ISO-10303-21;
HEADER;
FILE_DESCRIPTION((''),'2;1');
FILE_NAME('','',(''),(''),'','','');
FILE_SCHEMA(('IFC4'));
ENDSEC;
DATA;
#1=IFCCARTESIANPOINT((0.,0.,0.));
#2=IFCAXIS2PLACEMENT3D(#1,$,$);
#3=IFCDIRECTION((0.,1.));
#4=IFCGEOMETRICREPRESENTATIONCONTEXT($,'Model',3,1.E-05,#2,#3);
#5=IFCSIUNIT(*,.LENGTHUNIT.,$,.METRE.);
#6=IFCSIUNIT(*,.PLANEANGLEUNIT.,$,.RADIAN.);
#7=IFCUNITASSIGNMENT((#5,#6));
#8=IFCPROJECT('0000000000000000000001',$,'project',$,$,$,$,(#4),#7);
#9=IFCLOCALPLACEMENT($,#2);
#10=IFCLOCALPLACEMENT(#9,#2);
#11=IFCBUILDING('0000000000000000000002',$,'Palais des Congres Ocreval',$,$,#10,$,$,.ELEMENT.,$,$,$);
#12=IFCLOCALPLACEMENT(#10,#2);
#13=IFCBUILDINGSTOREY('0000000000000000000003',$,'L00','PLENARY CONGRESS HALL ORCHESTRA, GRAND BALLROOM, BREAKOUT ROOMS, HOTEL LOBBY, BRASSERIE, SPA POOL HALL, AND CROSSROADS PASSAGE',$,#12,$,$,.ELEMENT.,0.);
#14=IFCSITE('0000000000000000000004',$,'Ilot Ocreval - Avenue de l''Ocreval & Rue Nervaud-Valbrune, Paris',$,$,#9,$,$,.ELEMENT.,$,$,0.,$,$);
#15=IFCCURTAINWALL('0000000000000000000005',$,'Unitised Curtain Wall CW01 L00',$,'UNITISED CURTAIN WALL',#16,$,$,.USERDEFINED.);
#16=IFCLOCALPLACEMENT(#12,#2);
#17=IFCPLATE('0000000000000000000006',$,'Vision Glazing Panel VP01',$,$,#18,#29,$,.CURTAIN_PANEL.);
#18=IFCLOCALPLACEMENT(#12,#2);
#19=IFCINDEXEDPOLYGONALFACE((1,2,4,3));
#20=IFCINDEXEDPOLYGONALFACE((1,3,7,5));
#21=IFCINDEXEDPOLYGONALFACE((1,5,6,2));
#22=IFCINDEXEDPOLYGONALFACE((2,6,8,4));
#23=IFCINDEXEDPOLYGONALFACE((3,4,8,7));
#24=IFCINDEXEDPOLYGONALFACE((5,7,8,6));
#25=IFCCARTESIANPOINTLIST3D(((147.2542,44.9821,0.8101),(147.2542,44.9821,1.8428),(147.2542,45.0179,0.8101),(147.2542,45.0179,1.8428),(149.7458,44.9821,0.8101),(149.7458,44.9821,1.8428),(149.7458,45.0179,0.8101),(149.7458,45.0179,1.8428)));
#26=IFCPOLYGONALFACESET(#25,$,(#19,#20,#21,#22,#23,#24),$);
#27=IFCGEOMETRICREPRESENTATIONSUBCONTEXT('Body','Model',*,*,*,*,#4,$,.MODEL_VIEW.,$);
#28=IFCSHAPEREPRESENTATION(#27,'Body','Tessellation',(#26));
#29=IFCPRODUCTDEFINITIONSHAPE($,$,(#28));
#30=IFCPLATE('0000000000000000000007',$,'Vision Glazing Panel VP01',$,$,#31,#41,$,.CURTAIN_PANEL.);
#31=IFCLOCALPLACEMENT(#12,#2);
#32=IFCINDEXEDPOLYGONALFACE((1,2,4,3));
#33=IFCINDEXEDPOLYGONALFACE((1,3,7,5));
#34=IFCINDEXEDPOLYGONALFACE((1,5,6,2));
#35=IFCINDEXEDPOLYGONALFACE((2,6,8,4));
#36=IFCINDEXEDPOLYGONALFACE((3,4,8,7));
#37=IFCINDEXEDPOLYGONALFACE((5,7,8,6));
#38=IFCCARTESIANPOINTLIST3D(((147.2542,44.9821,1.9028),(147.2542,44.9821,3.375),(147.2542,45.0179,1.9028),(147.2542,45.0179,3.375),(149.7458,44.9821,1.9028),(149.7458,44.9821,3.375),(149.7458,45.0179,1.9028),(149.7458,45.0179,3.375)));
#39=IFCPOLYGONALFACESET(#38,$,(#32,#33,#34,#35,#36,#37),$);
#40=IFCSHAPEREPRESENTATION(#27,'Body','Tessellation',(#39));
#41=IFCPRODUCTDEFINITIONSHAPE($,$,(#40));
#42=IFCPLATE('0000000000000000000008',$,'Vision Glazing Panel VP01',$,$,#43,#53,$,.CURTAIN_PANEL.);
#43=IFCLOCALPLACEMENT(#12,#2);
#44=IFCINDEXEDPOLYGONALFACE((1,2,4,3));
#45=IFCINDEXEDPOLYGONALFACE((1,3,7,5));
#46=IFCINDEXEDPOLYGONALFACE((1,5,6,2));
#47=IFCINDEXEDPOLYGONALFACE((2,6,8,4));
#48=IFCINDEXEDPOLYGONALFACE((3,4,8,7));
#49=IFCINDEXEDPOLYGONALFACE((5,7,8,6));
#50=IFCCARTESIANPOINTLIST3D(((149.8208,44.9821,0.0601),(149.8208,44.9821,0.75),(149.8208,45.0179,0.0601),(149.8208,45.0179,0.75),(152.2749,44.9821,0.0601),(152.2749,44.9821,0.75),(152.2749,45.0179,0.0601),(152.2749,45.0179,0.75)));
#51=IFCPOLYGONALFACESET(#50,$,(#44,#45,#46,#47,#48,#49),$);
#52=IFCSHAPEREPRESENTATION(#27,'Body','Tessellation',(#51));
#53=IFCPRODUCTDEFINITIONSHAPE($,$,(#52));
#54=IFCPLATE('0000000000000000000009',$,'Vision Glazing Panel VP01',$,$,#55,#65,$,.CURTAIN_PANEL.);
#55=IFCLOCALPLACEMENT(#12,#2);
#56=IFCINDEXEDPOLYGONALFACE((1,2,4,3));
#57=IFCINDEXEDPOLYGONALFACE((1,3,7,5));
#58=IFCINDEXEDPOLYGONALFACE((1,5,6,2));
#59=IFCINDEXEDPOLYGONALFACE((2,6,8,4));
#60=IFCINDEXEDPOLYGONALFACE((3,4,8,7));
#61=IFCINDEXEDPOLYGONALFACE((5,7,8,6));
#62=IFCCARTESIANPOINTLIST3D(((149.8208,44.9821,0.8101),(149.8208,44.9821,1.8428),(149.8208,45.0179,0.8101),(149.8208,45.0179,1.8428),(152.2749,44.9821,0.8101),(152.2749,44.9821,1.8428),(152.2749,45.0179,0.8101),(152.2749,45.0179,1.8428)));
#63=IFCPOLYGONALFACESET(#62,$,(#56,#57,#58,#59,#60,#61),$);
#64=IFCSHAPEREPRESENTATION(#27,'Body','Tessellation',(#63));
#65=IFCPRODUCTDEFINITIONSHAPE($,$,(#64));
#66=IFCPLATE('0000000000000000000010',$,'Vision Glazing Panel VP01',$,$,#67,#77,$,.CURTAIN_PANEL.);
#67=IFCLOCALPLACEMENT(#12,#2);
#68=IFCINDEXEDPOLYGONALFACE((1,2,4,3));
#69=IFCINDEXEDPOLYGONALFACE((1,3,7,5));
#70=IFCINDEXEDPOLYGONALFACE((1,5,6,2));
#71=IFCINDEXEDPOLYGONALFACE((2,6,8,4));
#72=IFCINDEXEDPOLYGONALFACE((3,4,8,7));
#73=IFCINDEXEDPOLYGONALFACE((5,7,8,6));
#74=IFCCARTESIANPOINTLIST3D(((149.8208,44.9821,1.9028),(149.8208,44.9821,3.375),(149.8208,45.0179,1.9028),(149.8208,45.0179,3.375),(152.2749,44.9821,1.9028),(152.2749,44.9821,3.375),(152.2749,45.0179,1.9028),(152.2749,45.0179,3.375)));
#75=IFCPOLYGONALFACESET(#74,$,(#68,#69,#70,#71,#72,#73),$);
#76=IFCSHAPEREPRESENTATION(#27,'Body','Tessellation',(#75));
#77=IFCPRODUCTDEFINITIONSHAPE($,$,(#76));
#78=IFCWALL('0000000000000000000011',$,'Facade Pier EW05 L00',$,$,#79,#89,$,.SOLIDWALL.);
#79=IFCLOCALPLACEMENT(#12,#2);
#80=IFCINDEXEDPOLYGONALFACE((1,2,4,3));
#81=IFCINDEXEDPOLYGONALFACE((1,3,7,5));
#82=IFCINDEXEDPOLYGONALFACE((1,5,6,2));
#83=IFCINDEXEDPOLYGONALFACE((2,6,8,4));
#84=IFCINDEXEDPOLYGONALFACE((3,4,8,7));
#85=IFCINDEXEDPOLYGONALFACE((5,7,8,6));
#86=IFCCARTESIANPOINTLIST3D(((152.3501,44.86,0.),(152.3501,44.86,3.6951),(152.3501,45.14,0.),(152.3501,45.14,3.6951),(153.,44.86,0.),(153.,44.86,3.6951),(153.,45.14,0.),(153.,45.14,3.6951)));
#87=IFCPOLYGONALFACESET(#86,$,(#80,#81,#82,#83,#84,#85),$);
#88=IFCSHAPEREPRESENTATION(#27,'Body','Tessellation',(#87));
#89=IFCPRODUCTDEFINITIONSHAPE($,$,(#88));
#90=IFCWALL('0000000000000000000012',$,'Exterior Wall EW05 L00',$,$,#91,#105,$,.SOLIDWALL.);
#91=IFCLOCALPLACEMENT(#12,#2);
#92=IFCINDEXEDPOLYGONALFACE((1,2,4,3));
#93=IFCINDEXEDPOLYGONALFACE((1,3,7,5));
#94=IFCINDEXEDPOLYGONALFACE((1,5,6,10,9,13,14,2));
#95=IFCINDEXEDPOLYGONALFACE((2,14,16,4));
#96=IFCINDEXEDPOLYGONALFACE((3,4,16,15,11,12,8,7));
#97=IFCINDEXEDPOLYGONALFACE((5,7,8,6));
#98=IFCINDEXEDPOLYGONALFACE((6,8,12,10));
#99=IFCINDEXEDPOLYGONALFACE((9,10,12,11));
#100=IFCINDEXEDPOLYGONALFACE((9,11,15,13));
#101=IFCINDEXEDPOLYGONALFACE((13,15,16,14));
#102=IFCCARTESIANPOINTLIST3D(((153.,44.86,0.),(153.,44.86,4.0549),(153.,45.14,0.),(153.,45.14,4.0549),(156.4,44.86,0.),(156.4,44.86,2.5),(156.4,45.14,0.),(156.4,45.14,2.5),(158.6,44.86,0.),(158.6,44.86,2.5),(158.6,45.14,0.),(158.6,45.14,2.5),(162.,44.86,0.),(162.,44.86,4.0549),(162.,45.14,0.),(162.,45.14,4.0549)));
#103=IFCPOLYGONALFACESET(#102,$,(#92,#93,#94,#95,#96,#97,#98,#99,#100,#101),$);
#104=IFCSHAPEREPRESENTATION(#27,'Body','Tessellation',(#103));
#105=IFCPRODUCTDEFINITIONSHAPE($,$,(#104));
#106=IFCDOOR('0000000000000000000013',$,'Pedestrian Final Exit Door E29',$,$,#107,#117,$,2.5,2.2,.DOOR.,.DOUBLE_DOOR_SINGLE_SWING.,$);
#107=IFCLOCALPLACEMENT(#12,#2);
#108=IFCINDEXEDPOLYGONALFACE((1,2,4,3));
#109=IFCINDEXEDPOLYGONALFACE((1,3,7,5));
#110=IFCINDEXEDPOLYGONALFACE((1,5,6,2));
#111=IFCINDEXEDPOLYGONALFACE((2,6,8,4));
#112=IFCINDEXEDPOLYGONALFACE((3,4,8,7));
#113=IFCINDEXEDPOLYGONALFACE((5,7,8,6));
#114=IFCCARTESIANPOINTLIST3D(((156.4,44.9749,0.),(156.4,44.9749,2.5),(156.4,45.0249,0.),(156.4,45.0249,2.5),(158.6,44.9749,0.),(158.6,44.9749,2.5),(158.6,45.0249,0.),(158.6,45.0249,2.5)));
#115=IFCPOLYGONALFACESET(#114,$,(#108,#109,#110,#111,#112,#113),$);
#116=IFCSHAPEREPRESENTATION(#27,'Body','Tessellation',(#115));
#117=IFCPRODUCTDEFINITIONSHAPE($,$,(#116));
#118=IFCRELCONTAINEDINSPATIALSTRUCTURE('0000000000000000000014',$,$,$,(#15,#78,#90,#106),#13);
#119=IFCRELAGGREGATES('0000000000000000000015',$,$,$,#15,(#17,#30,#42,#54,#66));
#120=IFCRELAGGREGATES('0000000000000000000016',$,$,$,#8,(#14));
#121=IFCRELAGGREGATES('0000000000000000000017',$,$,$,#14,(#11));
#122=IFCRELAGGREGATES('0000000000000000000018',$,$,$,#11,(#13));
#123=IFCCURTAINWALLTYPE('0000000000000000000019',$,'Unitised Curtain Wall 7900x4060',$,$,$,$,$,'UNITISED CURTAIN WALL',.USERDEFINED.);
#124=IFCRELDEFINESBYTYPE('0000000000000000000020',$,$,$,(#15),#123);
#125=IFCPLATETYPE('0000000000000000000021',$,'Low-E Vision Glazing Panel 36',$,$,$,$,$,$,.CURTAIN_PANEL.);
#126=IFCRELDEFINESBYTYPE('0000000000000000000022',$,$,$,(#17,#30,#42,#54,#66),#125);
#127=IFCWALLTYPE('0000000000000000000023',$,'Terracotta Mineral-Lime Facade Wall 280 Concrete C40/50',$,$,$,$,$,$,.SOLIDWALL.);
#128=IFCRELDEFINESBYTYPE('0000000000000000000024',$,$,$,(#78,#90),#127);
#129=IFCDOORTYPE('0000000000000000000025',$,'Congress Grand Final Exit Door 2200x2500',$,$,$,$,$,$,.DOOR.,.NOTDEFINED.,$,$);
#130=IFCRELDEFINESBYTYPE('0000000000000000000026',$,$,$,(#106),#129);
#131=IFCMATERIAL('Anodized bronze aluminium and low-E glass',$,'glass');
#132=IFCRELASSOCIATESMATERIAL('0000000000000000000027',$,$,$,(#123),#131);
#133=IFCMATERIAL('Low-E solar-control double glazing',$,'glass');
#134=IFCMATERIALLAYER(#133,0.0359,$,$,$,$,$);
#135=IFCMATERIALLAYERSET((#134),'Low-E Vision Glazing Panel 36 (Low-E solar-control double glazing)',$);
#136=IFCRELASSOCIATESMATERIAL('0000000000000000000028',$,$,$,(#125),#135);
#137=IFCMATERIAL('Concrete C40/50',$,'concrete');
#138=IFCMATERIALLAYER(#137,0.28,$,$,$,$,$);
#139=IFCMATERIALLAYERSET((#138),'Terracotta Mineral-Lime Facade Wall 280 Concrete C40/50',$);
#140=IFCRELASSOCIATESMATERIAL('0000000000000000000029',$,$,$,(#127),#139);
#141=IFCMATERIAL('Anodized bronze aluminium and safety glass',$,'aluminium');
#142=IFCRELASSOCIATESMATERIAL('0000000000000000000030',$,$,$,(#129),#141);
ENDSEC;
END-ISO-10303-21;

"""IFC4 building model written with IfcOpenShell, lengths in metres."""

from ifc_helpers import new_model, si_unit, direction, frame, frame_2d, origin, origin_2d, place, context, subcontext, project, spatial, rectangle, extrude, material, layer, layer_set, type_object, element, fill, aggregate, save


model = new_model("IFC4")

# Units and contexts
model_context = context("Model", 3, precision=1e-05, world=origin(), true_north=direction((0.0, 1.0)))
body_context = subcontext(model_context, "Body", "Model", "MODEL_VIEW")
ifc_project = project(units=[si_unit("LENGTHUNIT", "METRE"), si_unit("PLANEANGLEUNIT", "RADIAN")], contexts=[model_context])

# Site, building, storey
site_placement = place(None, origin())
site = spatial("IfcSite", under=ifc_project, at=site_placement, Name="Ilot Ocreval - Avenue de l'Ocreval & Rue Nervaud-Valbrune, Paris", CompositionType="ELEMENT", RefElevation=0.0)
building_placement = place(site_placement, origin())
building = spatial("IfcBuilding", under=site, at=building_placement, Name="Palais des Congres Ocreval", CompositionType="ELEMENT")
storey_placement = place(building_placement, origin())
storey = spatial("IfcBuildingStorey", under=building, at=storey_placement, Name="L00", Description="PLENARY CONGRESS HALL ORCHESTRA, GRAND BALLROOM, BREAKOUT ROOMS, HOTEL LOBBY, BRASSERIE, SPA POOL HALL, AND CROSSROADS PASSAGE", CompositionType="ELEMENT", Elevation=0.0)

# Curtain wall
ifc_material_1 = material(Name="Anodized bronze aluminium and low-E glass", Category="glass")
curtain_wall_type = type_object("IfcCurtainWallType", Name="Unitised Curtain Wall 7900x4060", ElementType="UNITISED CURTAIN WALL", PredefinedType="USERDEFINED", material=ifc_material_1)
curtain_wall_placement = place(storey_placement, origin())
curtain_wall = element("IfcCurtainWall", 1, at=curtain_wall_placement, inside=storey, type_object=curtain_wall_type, Name="Unitised Curtain Wall CW01 L00", ObjectType="UNITISED CURTAIN WALL", PredefinedType="USERDEFINED")

# Plates
ifc_material_2 = material(Name="Low-E solar-control double glazing", Category="glass")
ifc_layer_1 = layer(ifc_material_2, 0.0359)
ifc_layer_set_1 = layer_set([ifc_layer_1], Name="Low-E Vision Glazing Panel 36 (Low-E solar-control double glazing)")
plate_type_1 = type_object("IfcPlateType", Name="Low-E Vision Glazing Panel 36", PredefinedType="CURTAIN_PANEL", material=ifc_layer_set_1)
plate_1_placement = place(storey_placement, frame((148.5, 45.0, 0.8101), z_axis=(0.0, 0.0, 1.0), x_axis=(1.0, 0.0, 0.0)))
plate_1 = element("IfcPlate", 2, at=plate_1_placement, type_object=plate_type_1, Name="Vision Glazing Panel VP01", PredefinedType="CURTAIN_PANEL", context=body_context, shape_type="SweptSolid", body=[
    extrude(rectangle(XDim=2.4917, YDim=0.0359, at=origin_2d()), origin(), (0.0, 0.0, 1.0), 1.0327),
])
plate_2_placement = place(storey_placement, frame((148.5, 45.0, 1.9028), z_axis=(0.0, 0.0, 1.0), x_axis=(1.0, 0.0, 0.0)))
plate_2 = element("IfcPlate", 3, at=plate_2_placement, type_object=plate_type_1, Name="Vision Glazing Panel VP01", PredefinedType="CURTAIN_PANEL", context=body_context, shape_type="SweptSolid", body=[
    extrude(rectangle(XDim=2.4917, YDim=0.0359, at=origin_2d()), origin(), (0.0, 0.0, 1.0), 1.4722),
])
plate_3_placement = place(storey_placement, frame((151.0479, 45.0, 0.0601), z_axis=(0.0, 0.0, 1.0), x_axis=(1.0, 0.0, 0.0)))
plate_3 = element("IfcPlate", 4, at=plate_3_placement, type_object=plate_type_1, Name="Vision Glazing Panel VP01", PredefinedType="CURTAIN_PANEL", context=body_context, shape_type="SweptSolid", body=[
    extrude(rectangle(XDim=2.4541, YDim=0.0359, at=origin_2d()), origin(), (0.0, 0.0, 1.0), 0.6899),
])
plate_4_placement = place(storey_placement, frame((151.0479, 45.0, 0.8101), z_axis=(0.0, 0.0, 1.0), x_axis=(1.0, 0.0, 0.0)))
plate_4 = element("IfcPlate", 5, at=plate_4_placement, type_object=plate_type_1, Name="Vision Glazing Panel VP01", PredefinedType="CURTAIN_PANEL", context=body_context, shape_type="SweptSolid", body=[
    extrude(rectangle(XDim=2.4541, YDim=0.0359, at=origin_2d()), origin(), (0.0, 0.0, 1.0), 1.0327),
])
plate_5_placement = place(storey_placement, frame((151.0479, 45.0, 1.9028), z_axis=(0.0, 0.0, 1.0), x_axis=(1.0, 0.0, 0.0)))
plate_5 = element("IfcPlate", 6, at=plate_5_placement, type_object=plate_type_1, Name="Vision Glazing Panel VP01", PredefinedType="CURTAIN_PANEL", context=body_context, shape_type="SweptSolid", body=[
    extrude(rectangle(XDim=2.4541, YDim=0.0359, at=origin_2d()), origin(), (0.0, 0.0, 1.0), 1.4722),
])
aggregate(curtain_wall, [plate_1, plate_2, plate_3, plate_4, plate_5])

# Wall
ifc_material_3 = material(Name="Concrete C40/50", Category="concrete")
ifc_layer_2 = layer(ifc_material_3, 0.28)
ifc_layer_set_2 = layer_set([ifc_layer_2], Name="Terracotta Mineral-Lime Facade Wall 280 Concrete C40/50")
wall_type = type_object("IfcWallType", Name="Terracotta Mineral-Lime Facade Wall 280 Concrete C40/50", PredefinedType="SOLIDWALL", material=ifc_layer_set_2)
wall_1_placement = place(storey_placement, frame((152.3501, 45.0, 0.0), z_axis=(0.0, 0.0, 1.0), x_axis=(1.0, 0.0, 0.0)))
element("IfcWall", 7, at=wall_1_placement, inside=storey, type_object=wall_type, Name="Facade Pier EW05 L00", PredefinedType="SOLIDWALL", context=body_context, shape_type="SweptSolid", body=[
    extrude(rectangle(XDim=0.6499, YDim=0.28, at=frame_2d((0.325, 0.0))), origin(), (0.0, 0.0, 1.0), 3.6951),
])

# Wall, opening, door
wall_2_placement = place(storey_placement, frame((153.0, 45.0, 0.0), z_axis=(0.0, 0.0, 1.0), x_axis=(1.0, 0.0, 0.0)))
wall_2 = element("IfcWall", 8, at=wall_2_placement, inside=storey, type_object=wall_type, Name="Exterior Wall EW05 L00", PredefinedType="SOLIDWALL", context=body_context, shape_type="SweptSolid", body=[
    extrude(rectangle(XDim=9.0, YDim=0.28, at=frame_2d((4.5, 0.0))), origin(), (0.0, 0.0, 1.0), 4.0549),
])
opening_placement = place(wall_2_placement, frame((3.3999, 0.0, 0.0)))
opening = element("IfcOpeningElement", 9, at=opening_placement, cuts=wall_2, PredefinedType="OPENING", context=body_context, shape_type="SweptSolid", body=[
    extrude(rectangle(XDim=2.2, YDim=2.5, at=frame_2d((1.1001, 1.25))), frame((0.0, 0.1499, 0.0), z_axis=(0.0, -1.0, 0.0), x_axis=(1.0, 0.0, 0.0)), (0.0, 0.0, 1.0), 0.3),
])
ifc_material_4 = material(Name="Anodized bronze aluminium and safety glass", Category="aluminium")
door_type = type_object("IfcDoorType", Name="Congress Grand Final Exit Door 2200x2500", OperationType="NOTDEFINED", PredefinedType="DOOR", material=ifc_material_4)
door_placement = place(opening_placement, origin())
door = element("IfcDoor", 10, at=door_placement, inside=storey, type_object=door_type, Name="Pedestrian Final Exit Door E29", OperationType="DOUBLE_DOOR_SINGLE_SWING", OverallHeight=2.5, OverallWidth=2.2, PredefinedType="DOOR", context=body_context, shape_type="SweptSolid", body=[
    extrude(rectangle(XDim=2.2, YDim=2.5, at=frame_2d((1.1001, 1.25))), frame((0.0, 0.0249, 0.0), z_axis=(0.0, -1.0, 0.0), x_axis=(1.0, 0.0, 0.0)), (0.0, 0.0, 1.0), 0.05),
])
fill(opening, door)

save(model, "model.ifc")
